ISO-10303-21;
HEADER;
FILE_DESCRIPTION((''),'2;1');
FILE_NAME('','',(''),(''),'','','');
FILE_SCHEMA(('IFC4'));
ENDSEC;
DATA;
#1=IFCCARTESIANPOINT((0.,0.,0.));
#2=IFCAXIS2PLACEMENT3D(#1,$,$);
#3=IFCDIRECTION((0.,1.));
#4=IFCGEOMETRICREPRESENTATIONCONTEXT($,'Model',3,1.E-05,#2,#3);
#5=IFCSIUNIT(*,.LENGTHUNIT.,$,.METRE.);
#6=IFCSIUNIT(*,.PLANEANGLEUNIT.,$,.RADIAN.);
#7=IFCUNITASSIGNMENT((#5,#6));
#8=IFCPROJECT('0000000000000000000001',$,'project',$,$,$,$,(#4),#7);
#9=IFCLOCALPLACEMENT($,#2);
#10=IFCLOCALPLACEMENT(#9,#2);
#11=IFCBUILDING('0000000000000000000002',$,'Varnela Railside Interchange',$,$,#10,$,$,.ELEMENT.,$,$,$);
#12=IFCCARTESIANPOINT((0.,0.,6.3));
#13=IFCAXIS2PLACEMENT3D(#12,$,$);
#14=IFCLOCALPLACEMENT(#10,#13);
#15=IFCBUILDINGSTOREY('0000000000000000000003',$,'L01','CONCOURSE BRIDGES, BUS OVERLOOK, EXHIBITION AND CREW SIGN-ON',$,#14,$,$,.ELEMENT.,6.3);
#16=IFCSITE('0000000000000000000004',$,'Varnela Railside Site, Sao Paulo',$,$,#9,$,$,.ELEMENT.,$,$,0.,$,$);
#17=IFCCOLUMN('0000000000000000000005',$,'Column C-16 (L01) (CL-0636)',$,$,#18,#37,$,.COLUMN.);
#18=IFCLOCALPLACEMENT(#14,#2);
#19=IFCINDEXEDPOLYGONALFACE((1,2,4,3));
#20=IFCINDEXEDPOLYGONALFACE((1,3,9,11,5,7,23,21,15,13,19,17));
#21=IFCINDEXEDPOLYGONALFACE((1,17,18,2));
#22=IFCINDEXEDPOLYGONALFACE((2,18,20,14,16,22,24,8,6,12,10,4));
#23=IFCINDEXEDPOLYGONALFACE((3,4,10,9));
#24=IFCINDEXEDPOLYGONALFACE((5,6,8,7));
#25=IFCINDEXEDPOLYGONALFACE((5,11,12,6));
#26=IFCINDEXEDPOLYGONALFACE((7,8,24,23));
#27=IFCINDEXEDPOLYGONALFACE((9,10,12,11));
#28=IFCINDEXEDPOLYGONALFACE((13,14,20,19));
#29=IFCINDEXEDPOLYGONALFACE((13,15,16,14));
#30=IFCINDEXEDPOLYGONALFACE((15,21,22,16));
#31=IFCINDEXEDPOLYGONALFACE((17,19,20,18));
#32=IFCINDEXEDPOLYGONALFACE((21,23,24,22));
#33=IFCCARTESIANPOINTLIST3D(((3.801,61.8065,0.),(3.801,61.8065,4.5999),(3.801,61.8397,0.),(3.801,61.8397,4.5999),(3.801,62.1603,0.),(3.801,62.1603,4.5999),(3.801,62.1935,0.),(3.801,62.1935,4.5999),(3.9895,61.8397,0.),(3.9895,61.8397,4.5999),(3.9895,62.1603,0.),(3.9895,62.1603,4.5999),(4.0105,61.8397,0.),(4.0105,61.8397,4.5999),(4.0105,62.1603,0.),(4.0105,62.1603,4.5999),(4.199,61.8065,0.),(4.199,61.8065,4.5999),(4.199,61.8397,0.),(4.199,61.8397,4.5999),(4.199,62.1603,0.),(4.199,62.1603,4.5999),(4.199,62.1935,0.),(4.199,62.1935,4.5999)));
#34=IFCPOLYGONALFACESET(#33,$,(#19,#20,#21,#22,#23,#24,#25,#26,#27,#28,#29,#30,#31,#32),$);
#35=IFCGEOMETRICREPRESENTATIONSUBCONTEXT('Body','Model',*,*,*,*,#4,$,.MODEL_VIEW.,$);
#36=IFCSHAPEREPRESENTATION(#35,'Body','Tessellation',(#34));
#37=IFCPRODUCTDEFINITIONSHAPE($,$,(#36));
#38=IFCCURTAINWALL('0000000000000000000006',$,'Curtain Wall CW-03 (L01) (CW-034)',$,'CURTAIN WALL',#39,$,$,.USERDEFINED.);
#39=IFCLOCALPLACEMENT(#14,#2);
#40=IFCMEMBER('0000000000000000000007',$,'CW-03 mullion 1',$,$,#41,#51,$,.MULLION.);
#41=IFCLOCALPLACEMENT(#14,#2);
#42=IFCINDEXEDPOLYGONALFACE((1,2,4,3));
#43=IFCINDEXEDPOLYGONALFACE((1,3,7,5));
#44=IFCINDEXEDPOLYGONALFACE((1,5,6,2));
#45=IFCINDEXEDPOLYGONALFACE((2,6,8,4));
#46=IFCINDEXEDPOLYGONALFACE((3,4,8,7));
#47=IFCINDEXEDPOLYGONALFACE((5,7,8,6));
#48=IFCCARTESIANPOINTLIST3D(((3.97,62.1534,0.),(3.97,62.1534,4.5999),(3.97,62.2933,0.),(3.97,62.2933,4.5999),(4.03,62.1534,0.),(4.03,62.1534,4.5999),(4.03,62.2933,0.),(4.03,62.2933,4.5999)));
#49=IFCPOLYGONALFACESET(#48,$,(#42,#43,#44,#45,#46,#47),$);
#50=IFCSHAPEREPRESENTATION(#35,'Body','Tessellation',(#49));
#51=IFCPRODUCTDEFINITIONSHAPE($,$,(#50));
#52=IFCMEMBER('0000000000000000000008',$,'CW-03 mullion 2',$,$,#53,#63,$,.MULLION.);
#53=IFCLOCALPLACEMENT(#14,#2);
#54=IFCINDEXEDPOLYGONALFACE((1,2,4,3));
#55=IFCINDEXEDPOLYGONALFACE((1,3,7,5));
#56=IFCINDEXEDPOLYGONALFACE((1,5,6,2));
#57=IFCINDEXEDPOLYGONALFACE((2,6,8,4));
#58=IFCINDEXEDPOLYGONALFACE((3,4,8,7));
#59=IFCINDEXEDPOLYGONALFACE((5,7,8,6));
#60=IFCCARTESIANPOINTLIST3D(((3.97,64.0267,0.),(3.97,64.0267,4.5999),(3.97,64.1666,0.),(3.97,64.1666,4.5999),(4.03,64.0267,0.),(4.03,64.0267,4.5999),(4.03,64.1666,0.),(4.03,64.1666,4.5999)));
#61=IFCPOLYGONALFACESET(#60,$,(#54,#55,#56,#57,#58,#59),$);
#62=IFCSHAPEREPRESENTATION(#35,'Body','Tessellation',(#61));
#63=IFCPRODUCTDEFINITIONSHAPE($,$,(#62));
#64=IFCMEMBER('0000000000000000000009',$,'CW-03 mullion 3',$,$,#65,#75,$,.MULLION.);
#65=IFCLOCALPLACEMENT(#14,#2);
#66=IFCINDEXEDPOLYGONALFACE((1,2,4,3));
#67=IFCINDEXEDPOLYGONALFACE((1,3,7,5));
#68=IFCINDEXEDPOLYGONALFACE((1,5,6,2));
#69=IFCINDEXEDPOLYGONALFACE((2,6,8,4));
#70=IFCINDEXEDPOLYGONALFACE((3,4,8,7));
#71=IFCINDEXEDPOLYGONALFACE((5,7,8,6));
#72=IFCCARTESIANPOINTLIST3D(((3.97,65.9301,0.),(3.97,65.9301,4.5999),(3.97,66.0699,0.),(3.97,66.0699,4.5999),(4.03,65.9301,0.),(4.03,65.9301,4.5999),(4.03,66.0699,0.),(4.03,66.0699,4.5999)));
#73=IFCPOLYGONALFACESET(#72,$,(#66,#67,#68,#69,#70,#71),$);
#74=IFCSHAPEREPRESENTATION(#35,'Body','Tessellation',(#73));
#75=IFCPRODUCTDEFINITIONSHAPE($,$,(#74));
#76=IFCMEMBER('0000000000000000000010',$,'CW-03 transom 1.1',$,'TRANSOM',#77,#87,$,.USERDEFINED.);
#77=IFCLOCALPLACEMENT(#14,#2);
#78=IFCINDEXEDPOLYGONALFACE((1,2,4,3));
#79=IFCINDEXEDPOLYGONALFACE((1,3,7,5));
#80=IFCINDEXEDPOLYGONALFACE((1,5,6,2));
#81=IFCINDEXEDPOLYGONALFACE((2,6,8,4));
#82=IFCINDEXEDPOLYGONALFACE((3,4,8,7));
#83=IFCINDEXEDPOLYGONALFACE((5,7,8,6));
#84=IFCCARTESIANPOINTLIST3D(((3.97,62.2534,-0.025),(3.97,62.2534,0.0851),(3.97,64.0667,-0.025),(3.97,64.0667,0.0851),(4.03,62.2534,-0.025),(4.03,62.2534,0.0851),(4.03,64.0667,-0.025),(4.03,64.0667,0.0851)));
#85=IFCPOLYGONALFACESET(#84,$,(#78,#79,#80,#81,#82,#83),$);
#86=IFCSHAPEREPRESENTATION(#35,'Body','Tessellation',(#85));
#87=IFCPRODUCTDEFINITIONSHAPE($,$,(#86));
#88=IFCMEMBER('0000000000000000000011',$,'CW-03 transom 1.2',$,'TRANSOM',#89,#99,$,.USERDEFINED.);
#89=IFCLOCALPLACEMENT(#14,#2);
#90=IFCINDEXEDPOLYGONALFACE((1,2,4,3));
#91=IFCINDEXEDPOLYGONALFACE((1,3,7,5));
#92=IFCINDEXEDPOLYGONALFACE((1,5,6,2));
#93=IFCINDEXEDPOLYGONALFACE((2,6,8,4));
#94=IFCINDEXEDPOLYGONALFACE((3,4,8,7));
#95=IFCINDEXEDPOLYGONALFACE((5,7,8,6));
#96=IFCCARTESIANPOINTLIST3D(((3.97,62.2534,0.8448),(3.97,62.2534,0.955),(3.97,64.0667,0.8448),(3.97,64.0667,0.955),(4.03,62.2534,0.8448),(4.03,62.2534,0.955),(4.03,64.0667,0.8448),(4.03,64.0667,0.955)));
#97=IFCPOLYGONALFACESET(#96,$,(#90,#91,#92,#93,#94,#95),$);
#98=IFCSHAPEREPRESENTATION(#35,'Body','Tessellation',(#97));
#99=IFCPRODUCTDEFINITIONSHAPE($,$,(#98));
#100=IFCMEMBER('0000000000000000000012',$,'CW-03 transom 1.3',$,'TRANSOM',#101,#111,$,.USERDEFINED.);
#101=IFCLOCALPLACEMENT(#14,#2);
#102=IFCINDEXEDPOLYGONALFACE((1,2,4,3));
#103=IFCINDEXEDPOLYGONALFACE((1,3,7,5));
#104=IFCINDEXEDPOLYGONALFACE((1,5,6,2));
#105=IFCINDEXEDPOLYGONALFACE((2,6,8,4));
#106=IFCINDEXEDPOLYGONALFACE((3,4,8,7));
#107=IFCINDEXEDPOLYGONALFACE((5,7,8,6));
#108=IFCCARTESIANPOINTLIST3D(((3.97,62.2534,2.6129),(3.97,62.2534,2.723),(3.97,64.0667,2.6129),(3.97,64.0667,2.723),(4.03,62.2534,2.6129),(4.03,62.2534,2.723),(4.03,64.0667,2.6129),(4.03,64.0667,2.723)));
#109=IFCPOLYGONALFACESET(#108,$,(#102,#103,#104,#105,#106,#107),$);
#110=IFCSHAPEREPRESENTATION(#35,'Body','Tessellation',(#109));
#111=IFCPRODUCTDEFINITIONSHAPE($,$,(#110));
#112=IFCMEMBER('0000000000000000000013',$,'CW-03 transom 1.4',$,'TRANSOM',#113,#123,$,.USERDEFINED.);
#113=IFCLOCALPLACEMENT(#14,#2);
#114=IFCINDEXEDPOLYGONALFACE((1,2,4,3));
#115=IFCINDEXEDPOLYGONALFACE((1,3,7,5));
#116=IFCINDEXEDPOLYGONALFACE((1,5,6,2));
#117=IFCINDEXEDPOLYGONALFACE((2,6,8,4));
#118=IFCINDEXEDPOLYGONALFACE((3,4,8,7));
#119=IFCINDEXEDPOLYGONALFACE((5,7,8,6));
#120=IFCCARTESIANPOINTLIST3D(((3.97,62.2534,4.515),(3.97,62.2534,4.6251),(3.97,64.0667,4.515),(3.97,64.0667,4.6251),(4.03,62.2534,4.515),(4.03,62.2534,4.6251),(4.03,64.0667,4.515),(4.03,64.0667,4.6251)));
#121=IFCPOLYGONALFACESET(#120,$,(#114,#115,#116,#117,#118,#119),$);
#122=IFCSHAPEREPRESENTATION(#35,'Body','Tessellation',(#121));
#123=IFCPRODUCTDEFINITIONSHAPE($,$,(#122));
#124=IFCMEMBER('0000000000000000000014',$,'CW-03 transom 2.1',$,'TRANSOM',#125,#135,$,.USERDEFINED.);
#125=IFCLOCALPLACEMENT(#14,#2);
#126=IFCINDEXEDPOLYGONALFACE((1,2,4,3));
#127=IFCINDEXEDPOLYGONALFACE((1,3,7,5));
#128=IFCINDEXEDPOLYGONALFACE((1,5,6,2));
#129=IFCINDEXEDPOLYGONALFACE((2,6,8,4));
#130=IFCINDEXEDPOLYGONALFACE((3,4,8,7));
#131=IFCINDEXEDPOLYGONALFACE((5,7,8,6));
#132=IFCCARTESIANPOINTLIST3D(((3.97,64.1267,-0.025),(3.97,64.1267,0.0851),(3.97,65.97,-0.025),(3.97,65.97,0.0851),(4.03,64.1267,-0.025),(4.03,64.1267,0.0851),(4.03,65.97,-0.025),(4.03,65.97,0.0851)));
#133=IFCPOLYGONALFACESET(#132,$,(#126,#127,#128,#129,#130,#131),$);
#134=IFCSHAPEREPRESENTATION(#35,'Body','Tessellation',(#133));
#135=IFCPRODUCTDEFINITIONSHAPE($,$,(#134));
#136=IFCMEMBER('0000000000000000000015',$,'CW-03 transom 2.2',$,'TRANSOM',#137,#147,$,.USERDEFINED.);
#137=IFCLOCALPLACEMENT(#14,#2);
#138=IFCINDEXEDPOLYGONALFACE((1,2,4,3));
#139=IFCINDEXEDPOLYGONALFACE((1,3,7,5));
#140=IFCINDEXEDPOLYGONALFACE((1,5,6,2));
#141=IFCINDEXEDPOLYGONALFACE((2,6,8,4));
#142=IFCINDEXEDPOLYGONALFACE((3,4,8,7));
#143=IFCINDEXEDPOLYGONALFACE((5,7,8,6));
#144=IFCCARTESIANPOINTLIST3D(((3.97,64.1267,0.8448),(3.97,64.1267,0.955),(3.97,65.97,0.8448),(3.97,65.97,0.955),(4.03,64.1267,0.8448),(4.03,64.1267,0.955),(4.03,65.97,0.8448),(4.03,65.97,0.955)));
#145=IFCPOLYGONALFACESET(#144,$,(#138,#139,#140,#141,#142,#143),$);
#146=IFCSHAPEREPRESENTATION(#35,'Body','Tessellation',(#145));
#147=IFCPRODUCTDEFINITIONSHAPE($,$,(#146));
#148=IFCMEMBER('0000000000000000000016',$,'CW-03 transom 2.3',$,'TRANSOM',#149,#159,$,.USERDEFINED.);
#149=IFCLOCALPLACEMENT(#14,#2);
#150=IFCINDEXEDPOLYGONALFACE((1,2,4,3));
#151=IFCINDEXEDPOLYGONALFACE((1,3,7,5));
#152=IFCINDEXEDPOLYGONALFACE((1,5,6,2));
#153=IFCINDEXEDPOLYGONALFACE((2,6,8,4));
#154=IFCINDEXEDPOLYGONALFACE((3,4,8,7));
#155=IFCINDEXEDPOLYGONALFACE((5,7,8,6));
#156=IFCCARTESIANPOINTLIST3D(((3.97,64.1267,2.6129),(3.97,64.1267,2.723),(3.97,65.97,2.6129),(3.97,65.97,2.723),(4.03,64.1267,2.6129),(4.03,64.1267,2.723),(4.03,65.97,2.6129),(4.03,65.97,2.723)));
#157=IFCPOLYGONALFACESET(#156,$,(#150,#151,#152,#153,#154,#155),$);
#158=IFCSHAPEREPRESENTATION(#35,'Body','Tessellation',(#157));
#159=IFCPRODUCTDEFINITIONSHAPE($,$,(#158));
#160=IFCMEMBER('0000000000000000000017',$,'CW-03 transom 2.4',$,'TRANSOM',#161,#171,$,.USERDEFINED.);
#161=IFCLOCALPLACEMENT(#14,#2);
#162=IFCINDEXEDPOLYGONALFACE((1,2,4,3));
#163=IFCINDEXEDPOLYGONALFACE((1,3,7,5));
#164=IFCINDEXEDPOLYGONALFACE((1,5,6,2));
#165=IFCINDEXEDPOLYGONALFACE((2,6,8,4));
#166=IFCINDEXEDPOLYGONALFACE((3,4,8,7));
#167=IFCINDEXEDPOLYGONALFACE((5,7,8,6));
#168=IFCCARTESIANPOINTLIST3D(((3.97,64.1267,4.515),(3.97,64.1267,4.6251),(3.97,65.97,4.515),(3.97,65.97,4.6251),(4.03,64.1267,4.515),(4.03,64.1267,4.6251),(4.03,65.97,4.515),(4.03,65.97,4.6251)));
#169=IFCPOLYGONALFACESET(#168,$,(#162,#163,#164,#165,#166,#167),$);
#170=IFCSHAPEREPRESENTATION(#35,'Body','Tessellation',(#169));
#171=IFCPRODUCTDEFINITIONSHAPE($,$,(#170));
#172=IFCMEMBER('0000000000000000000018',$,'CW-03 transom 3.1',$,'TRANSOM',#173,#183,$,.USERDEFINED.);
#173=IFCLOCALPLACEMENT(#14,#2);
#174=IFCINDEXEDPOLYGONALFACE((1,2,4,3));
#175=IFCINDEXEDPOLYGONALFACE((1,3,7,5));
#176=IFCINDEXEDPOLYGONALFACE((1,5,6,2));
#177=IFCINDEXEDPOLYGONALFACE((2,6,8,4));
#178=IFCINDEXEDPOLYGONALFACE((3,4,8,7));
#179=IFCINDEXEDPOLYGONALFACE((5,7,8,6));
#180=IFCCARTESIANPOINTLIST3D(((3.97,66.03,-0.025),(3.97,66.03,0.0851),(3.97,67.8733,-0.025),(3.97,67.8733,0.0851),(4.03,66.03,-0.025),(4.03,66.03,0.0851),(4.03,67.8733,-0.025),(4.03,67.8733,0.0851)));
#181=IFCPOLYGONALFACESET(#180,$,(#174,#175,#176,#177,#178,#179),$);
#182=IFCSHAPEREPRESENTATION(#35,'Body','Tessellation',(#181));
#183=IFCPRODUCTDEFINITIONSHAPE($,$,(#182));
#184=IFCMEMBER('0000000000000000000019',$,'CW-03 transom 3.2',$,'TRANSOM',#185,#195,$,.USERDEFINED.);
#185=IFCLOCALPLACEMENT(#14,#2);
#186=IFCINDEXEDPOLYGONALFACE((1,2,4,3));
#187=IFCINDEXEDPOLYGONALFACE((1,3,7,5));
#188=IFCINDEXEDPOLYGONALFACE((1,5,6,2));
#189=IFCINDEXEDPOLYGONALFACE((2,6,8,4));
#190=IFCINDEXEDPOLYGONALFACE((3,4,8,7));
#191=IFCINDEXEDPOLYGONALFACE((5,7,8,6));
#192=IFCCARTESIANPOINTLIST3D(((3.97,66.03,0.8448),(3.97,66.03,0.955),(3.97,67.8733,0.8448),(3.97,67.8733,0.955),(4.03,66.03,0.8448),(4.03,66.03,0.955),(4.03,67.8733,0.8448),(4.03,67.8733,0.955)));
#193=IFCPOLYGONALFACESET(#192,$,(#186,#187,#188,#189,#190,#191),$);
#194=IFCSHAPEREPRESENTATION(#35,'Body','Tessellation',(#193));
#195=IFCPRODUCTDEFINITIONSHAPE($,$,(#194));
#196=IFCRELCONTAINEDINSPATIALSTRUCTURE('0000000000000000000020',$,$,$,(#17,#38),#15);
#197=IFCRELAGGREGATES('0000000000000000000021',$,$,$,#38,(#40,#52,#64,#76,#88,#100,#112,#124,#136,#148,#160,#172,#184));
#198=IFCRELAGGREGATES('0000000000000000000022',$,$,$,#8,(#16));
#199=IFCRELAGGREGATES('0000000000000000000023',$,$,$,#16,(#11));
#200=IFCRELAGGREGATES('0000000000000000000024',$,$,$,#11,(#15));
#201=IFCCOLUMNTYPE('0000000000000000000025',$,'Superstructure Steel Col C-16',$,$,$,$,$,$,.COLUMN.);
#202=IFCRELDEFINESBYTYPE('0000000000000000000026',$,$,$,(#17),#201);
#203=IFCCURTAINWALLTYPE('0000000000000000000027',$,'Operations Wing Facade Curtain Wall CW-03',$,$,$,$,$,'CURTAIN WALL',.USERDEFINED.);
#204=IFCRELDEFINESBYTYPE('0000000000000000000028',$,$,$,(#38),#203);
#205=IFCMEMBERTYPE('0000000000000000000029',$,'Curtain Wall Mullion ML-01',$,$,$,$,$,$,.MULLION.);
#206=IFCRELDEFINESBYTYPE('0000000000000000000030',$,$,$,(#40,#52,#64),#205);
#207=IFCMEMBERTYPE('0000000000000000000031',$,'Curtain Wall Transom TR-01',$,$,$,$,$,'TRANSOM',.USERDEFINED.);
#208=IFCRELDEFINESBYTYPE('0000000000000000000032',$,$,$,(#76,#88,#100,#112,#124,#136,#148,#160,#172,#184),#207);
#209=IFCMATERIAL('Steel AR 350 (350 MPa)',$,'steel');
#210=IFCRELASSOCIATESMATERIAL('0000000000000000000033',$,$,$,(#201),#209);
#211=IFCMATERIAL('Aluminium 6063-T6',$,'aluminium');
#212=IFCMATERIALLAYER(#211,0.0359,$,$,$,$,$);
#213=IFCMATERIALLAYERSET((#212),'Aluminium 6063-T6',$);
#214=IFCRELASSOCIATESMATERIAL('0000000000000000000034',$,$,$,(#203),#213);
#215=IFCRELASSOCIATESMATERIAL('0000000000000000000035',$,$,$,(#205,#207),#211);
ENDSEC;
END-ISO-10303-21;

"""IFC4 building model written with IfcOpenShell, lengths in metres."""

from ifc_helpers import new_model, si_unit, direction, frame, origin, origin_2d, place, context, subcontext, project, spatial, rectangle, i_section, extrude, material, layer, layer_set, material_profile, profile_set, type_object, element, aggregate, save


model = new_model("IFC4")

# Units and contexts
model_context = context("Model", 3, precision=1e-05, world=origin(), true_north=direction((0.0, 1.0)))
body_context = subcontext(model_context, "Body", "Model", "MODEL_VIEW")
ifc_project = project(units=[si_unit("LENGTHUNIT", "METRE"), si_unit("PLANEANGLEUNIT", "RADIAN")], contexts=[model_context])

# Site, building, storey
site_placement = place(None, origin())
site = spatial("IfcSite", under=ifc_project, at=site_placement, Name="Varnela Railside Site, Sao Paulo", CompositionType="ELEMENT", RefElevation=0.0)
building_placement = place(site_placement, origin())
building = spatial("IfcBuilding", under=site, at=building_placement, Name="Varnela Railside Interchange", CompositionType="ELEMENT")
storey_placement = place(building_placement, frame((0.0, 0.0, 6.3)))
storey = spatial("IfcBuildingStorey", under=building, at=storey_placement, Name="L01", Description="CONCOURSE BRIDGES, BUS OVERLOOK, EXHIBITION AND CREW SIGN-ON", CompositionType="ELEMENT", Elevation=6.3)

# Column
ifc_material_1 = material(Name="Steel AR 350 (350 MPa)", Category="steel")
ifc_material_profile_1 = material_profile(ifc_material_1, i_section(OverallWidth=0.3979, OverallDepth=0.387, WebThickness=0.021, FlangeThickness=0.0332, at=origin_2d()), Name="W360x262")
ifc_profile_set_1 = profile_set([ifc_material_profile_1], Name="Steel AR 350 (350 MPa)")
column_type = type_object("IfcColumnType", Name="Superstructure Steel Col C-16", PredefinedType="COLUMN", material=ifc_profile_set_1)
column_placement = place(storey_placement, frame((4.0, 62.0, 0.0), z_axis=(0.0, 0.0, 1.0), x_axis=(1.0, 0.0, 0.0)))
element("IfcColumn", 1, at=column_placement, inside=storey, type_object=column_type, Name="Column C-16 (L01) (CL-0636)", PredefinedType="COLUMN", context=body_context, shape_type="SweptSolid", body=[
    extrude(i_section(OverallWidth=0.3979, OverallDepth=0.387, WebThickness=0.021, FlangeThickness=0.0332, at=origin_2d()), origin(), (0.0, 0.0, 1.0), 4.5999),
])

# Curtain wall, members
ifc_material_2 = material(Name="Aluminium 6063-T6", Category="aluminium")
ifc_layer_1 = layer(ifc_material_2, 0.0359)
ifc_layer_set_1 = layer_set([ifc_layer_1], Name="Aluminium 6063-T6")
curtain_wall_type = type_object("IfcCurtainWallType", Name="Operations Wing Facade Curtain Wall CW-03", ElementType="CURTAIN WALL", PredefinedType="USERDEFINED", material=ifc_layer_set_1)
curtain_wall_placement = place(storey_placement, origin())
curtain_wall = element("IfcCurtainWall", 2, at=curtain_wall_placement, inside=storey, type_object=curtain_wall_type, Name="Curtain Wall CW-03 (L01) (CW-034)", ObjectType="CURTAIN WALL", PredefinedType="USERDEFINED")
ifc_material_profile_2 = material_profile(ifc_material_2, rectangle(XDim=0.0601, YDim=0.1399, at=origin_2d()), Name="ALU 60x140")
ifc_profile_set_2 = profile_set([ifc_material_profile_2], Name="Aluminium 6063-T6")
member_type_1 = type_object("IfcMemberType", Name="Curtain Wall Mullion ML-01", PredefinedType="MULLION", material=ifc_profile_set_2)
member_1_placement = place(storey_placement, frame((4.0, 62.2234, 0.0), z_axis=(0.0, 0.0, 1.0), x_axis=(-1.0, 0.0, 0.0)))
member_1 = element("IfcMember", 3, at=member_1_placement, type_object=member_type_1, Name="CW-03 mullion 1", PredefinedType="MULLION", context=body_context, shape_type="SweptSolid", body=[
    extrude(rectangle(XDim=0.0601, YDim=0.1399, at=origin_2d()), origin(), (0.0, 0.0, 1.0), 4.5999),
])
member_2_placement = place(storey_placement, frame((4.0, 64.0967, 0.0), z_axis=(0.0, 0.0, 1.0), x_axis=(-1.0, 0.0, 0.0)))
member_2 = element("IfcMember", 4, at=member_2_placement, type_object=member_type_1, Name="CW-03 mullion 2", PredefinedType="MULLION", context=body_context, shape_type="SweptSolid", body=[
    extrude(rectangle(XDim=0.0601, YDim=0.1399, at=origin_2d()), origin(), (0.0, 0.0, 1.0), 4.5999),
])
member_3_placement = place(storey_placement, frame((4.0, 66.0, 0.0), z_axis=(0.0, 0.0, 1.0), x_axis=(-1.0, 0.0, 0.0)))
member_3 = element("IfcMember", 5, at=member_3_placement, type_object=member_type_1, Name="CW-03 mullion 3", PredefinedType="MULLION", context=body_context, shape_type="SweptSolid", body=[
    extrude(rectangle(XDim=0.0601, YDim=0.1399, at=origin_2d()), origin(), (0.0, 0.0, 1.0), 4.5999),
])
ifc_material_profile_3 = material_profile(ifc_material_2, rectangle(XDim=0.0601, YDim=0.1101, at=origin_2d()), Name="ALU 60x110")
ifc_profile_set_3 = profile_set([ifc_material_profile_3], Name="Aluminium 6063-T6")
member_type_2 = type_object("IfcMemberType", Name="Curtain Wall Transom TR-01", ElementType="TRANSOM", PredefinedType="USERDEFINED", material=ifc_profile_set_3)
member_4_placement = place(storey_placement, frame((4.0, 62.2534, 0.03), z_axis=(0.0, 1.0, 0.0), x_axis=(-1.0, 0.0, 0.0)))
member_4 = element("IfcMember", 6, at=member_4_placement, type_object=member_type_2, Name="CW-03 transom 1.1", ObjectType="TRANSOM", PredefinedType="USERDEFINED", context=body_context, shape_type="SweptSolid", body=[
    extrude(rectangle(XDim=0.0601, YDim=0.1101, at=origin_2d()), origin(), (0.0, 0.0, 1.0), 1.8132),
])
member_5_placement = place(storey_placement, frame((4.0, 62.2534, 0.8999), z_axis=(0.0, 1.0, 0.0), x_axis=(-1.0, 0.0, 0.0)))
member_5 = element("IfcMember", 7, at=member_5_placement, type_object=member_type_2, Name="CW-03 transom 1.2", ObjectType="TRANSOM", PredefinedType="USERDEFINED", context=body_context, shape_type="SweptSolid", body=[
    extrude(rectangle(XDim=0.0601, YDim=0.1101, at=origin_2d()), origin(), (0.0, 0.0, 1.0), 1.8132),
])
member_6_placement = place(storey_placement, frame((4.0, 62.2534, 2.668), z_axis=(0.0, 1.0, 0.0), x_axis=(-1.0, 0.0, 0.0)))
member_6 = element("IfcMember", 8, at=member_6_placement, type_object=member_type_2, Name="CW-03 transom 1.3", ObjectType="TRANSOM", PredefinedType="USERDEFINED", context=body_context, shape_type="SweptSolid", body=[
    extrude(rectangle(XDim=0.0601, YDim=0.1101, at=origin_2d()), origin(), (0.0, 0.0, 1.0), 1.8132),
])
member_7_placement = place(storey_placement, frame((4.0, 62.2534, 4.5701), z_axis=(0.0, 1.0, 0.0), x_axis=(-1.0, 0.0, 0.0)))
member_7 = element("IfcMember", 9, at=member_7_placement, type_object=member_type_2, Name="CW-03 transom 1.4", ObjectType="TRANSOM", PredefinedType="USERDEFINED", context=body_context, shape_type="SweptSolid", body=[
    extrude(rectangle(XDim=0.0601, YDim=0.1101, at=origin_2d()), origin(), (0.0, 0.0, 1.0), 1.8132),
])
member_8_placement = place(storey_placement, frame((4.0, 64.1267, 0.03), z_axis=(0.0, 1.0, 0.0), x_axis=(-1.0, 0.0, 0.0)))
member_8 = element("IfcMember", 10, at=member_8_placement, type_object=member_type_2, Name="CW-03 transom 2.1", ObjectType="TRANSOM", PredefinedType="USERDEFINED", context=body_context, shape_type="SweptSolid", body=[
    extrude(rectangle(XDim=0.0601, YDim=0.1101, at=origin_2d()), origin(), (0.0, 0.0, 1.0), 1.8433),
])
member_9_placement = place(storey_placement, frame((4.0, 64.1267, 0.8999), z_axis=(0.0, 1.0, 0.0), x_axis=(-1.0, 0.0, 0.0)))
member_9 = element("IfcMember", 11, at=member_9_placement, type_object=member_type_2, Name="CW-03 transom 2.2", ObjectType="TRANSOM", PredefinedType="USERDEFINED", context=body_context, shape_type="SweptSolid", body=[
    extrude(rectangle(XDim=0.0601, YDim=0.1101, at=origin_2d()), origin(), (0.0, 0.0, 1.0), 1.8433),
])
member_10_placement = place(storey_placement, frame((4.0, 64.1267, 2.668), z_axis=(0.0, 1.0, 0.0), x_axis=(-1.0, 0.0, 0.0)))
member_10 = element("IfcMember", 12, at=member_10_placement, type_object=member_type_2, Name="CW-03 transom 2.3", ObjectType="TRANSOM", PredefinedType="USERDEFINED", context=body_context, shape_type="SweptSolid", body=[
    extrude(rectangle(XDim=0.0601, YDim=0.1101, at=origin_2d()), origin(), (0.0, 0.0, 1.0), 1.8433),
])
member_11_placement = place(storey_placement, frame((4.0, 64.1267, 4.5701), z_axis=(0.0, 1.0, 0.0), x_axis=(-1.0, 0.0, 0.0)))
member_11 = element("IfcMember", 13, at=member_11_placement, type_object=member_type_2, Name="CW-03 transom 2.4", ObjectType="TRANSOM", PredefinedType="USERDEFINED", context=body_context, shape_type="SweptSolid", body=[
    extrude(rectangle(XDim=0.0601, YDim=0.1101, at=origin_2d()), origin(), (0.0, 0.0, 1.0), 1.8433),
])
member_12_placement = place(storey_placement, frame((4.0, 66.03, 0.03), z_axis=(0.0, 1.0, 0.0), x_axis=(-1.0, 0.0, 0.0)))
member_12 = element("IfcMember", 14, at=member_12_placement, type_object=member_type_2, Name="CW-03 transom 3.1", ObjectType="TRANSOM", PredefinedType="USERDEFINED", context=body_context, shape_type="SweptSolid", body=[
    extrude(rectangle(XDim=0.0601, YDim=0.1101, at=origin_2d()), origin(), (0.0, 0.0, 1.0), 1.8433),
])
member_13_placement = place(storey_placement, frame((4.0, 66.03, 0.8999), z_axis=(0.0, 1.0, 0.0), x_axis=(-1.0, 0.0, 0.0)))
member_13 = element("IfcMember", 15, at=member_13_placement, type_object=member_type_2, Name="CW-03 transom 3.2", ObjectType="TRANSOM", PredefinedType="USERDEFINED", context=body_context, shape_type="SweptSolid", body=[
    extrude(rectangle(XDim=0.0601, YDim=0.1101, at=origin_2d()), origin(), (0.0, 0.0, 1.0), 1.8433),
])

aggregate(curtain_wall, [member_1, member_2, member_3, member_4, member_5, member_6, member_7, member_8, member_9, member_10, member_11, member_12, member_13])

save(model, "model.ifc")
